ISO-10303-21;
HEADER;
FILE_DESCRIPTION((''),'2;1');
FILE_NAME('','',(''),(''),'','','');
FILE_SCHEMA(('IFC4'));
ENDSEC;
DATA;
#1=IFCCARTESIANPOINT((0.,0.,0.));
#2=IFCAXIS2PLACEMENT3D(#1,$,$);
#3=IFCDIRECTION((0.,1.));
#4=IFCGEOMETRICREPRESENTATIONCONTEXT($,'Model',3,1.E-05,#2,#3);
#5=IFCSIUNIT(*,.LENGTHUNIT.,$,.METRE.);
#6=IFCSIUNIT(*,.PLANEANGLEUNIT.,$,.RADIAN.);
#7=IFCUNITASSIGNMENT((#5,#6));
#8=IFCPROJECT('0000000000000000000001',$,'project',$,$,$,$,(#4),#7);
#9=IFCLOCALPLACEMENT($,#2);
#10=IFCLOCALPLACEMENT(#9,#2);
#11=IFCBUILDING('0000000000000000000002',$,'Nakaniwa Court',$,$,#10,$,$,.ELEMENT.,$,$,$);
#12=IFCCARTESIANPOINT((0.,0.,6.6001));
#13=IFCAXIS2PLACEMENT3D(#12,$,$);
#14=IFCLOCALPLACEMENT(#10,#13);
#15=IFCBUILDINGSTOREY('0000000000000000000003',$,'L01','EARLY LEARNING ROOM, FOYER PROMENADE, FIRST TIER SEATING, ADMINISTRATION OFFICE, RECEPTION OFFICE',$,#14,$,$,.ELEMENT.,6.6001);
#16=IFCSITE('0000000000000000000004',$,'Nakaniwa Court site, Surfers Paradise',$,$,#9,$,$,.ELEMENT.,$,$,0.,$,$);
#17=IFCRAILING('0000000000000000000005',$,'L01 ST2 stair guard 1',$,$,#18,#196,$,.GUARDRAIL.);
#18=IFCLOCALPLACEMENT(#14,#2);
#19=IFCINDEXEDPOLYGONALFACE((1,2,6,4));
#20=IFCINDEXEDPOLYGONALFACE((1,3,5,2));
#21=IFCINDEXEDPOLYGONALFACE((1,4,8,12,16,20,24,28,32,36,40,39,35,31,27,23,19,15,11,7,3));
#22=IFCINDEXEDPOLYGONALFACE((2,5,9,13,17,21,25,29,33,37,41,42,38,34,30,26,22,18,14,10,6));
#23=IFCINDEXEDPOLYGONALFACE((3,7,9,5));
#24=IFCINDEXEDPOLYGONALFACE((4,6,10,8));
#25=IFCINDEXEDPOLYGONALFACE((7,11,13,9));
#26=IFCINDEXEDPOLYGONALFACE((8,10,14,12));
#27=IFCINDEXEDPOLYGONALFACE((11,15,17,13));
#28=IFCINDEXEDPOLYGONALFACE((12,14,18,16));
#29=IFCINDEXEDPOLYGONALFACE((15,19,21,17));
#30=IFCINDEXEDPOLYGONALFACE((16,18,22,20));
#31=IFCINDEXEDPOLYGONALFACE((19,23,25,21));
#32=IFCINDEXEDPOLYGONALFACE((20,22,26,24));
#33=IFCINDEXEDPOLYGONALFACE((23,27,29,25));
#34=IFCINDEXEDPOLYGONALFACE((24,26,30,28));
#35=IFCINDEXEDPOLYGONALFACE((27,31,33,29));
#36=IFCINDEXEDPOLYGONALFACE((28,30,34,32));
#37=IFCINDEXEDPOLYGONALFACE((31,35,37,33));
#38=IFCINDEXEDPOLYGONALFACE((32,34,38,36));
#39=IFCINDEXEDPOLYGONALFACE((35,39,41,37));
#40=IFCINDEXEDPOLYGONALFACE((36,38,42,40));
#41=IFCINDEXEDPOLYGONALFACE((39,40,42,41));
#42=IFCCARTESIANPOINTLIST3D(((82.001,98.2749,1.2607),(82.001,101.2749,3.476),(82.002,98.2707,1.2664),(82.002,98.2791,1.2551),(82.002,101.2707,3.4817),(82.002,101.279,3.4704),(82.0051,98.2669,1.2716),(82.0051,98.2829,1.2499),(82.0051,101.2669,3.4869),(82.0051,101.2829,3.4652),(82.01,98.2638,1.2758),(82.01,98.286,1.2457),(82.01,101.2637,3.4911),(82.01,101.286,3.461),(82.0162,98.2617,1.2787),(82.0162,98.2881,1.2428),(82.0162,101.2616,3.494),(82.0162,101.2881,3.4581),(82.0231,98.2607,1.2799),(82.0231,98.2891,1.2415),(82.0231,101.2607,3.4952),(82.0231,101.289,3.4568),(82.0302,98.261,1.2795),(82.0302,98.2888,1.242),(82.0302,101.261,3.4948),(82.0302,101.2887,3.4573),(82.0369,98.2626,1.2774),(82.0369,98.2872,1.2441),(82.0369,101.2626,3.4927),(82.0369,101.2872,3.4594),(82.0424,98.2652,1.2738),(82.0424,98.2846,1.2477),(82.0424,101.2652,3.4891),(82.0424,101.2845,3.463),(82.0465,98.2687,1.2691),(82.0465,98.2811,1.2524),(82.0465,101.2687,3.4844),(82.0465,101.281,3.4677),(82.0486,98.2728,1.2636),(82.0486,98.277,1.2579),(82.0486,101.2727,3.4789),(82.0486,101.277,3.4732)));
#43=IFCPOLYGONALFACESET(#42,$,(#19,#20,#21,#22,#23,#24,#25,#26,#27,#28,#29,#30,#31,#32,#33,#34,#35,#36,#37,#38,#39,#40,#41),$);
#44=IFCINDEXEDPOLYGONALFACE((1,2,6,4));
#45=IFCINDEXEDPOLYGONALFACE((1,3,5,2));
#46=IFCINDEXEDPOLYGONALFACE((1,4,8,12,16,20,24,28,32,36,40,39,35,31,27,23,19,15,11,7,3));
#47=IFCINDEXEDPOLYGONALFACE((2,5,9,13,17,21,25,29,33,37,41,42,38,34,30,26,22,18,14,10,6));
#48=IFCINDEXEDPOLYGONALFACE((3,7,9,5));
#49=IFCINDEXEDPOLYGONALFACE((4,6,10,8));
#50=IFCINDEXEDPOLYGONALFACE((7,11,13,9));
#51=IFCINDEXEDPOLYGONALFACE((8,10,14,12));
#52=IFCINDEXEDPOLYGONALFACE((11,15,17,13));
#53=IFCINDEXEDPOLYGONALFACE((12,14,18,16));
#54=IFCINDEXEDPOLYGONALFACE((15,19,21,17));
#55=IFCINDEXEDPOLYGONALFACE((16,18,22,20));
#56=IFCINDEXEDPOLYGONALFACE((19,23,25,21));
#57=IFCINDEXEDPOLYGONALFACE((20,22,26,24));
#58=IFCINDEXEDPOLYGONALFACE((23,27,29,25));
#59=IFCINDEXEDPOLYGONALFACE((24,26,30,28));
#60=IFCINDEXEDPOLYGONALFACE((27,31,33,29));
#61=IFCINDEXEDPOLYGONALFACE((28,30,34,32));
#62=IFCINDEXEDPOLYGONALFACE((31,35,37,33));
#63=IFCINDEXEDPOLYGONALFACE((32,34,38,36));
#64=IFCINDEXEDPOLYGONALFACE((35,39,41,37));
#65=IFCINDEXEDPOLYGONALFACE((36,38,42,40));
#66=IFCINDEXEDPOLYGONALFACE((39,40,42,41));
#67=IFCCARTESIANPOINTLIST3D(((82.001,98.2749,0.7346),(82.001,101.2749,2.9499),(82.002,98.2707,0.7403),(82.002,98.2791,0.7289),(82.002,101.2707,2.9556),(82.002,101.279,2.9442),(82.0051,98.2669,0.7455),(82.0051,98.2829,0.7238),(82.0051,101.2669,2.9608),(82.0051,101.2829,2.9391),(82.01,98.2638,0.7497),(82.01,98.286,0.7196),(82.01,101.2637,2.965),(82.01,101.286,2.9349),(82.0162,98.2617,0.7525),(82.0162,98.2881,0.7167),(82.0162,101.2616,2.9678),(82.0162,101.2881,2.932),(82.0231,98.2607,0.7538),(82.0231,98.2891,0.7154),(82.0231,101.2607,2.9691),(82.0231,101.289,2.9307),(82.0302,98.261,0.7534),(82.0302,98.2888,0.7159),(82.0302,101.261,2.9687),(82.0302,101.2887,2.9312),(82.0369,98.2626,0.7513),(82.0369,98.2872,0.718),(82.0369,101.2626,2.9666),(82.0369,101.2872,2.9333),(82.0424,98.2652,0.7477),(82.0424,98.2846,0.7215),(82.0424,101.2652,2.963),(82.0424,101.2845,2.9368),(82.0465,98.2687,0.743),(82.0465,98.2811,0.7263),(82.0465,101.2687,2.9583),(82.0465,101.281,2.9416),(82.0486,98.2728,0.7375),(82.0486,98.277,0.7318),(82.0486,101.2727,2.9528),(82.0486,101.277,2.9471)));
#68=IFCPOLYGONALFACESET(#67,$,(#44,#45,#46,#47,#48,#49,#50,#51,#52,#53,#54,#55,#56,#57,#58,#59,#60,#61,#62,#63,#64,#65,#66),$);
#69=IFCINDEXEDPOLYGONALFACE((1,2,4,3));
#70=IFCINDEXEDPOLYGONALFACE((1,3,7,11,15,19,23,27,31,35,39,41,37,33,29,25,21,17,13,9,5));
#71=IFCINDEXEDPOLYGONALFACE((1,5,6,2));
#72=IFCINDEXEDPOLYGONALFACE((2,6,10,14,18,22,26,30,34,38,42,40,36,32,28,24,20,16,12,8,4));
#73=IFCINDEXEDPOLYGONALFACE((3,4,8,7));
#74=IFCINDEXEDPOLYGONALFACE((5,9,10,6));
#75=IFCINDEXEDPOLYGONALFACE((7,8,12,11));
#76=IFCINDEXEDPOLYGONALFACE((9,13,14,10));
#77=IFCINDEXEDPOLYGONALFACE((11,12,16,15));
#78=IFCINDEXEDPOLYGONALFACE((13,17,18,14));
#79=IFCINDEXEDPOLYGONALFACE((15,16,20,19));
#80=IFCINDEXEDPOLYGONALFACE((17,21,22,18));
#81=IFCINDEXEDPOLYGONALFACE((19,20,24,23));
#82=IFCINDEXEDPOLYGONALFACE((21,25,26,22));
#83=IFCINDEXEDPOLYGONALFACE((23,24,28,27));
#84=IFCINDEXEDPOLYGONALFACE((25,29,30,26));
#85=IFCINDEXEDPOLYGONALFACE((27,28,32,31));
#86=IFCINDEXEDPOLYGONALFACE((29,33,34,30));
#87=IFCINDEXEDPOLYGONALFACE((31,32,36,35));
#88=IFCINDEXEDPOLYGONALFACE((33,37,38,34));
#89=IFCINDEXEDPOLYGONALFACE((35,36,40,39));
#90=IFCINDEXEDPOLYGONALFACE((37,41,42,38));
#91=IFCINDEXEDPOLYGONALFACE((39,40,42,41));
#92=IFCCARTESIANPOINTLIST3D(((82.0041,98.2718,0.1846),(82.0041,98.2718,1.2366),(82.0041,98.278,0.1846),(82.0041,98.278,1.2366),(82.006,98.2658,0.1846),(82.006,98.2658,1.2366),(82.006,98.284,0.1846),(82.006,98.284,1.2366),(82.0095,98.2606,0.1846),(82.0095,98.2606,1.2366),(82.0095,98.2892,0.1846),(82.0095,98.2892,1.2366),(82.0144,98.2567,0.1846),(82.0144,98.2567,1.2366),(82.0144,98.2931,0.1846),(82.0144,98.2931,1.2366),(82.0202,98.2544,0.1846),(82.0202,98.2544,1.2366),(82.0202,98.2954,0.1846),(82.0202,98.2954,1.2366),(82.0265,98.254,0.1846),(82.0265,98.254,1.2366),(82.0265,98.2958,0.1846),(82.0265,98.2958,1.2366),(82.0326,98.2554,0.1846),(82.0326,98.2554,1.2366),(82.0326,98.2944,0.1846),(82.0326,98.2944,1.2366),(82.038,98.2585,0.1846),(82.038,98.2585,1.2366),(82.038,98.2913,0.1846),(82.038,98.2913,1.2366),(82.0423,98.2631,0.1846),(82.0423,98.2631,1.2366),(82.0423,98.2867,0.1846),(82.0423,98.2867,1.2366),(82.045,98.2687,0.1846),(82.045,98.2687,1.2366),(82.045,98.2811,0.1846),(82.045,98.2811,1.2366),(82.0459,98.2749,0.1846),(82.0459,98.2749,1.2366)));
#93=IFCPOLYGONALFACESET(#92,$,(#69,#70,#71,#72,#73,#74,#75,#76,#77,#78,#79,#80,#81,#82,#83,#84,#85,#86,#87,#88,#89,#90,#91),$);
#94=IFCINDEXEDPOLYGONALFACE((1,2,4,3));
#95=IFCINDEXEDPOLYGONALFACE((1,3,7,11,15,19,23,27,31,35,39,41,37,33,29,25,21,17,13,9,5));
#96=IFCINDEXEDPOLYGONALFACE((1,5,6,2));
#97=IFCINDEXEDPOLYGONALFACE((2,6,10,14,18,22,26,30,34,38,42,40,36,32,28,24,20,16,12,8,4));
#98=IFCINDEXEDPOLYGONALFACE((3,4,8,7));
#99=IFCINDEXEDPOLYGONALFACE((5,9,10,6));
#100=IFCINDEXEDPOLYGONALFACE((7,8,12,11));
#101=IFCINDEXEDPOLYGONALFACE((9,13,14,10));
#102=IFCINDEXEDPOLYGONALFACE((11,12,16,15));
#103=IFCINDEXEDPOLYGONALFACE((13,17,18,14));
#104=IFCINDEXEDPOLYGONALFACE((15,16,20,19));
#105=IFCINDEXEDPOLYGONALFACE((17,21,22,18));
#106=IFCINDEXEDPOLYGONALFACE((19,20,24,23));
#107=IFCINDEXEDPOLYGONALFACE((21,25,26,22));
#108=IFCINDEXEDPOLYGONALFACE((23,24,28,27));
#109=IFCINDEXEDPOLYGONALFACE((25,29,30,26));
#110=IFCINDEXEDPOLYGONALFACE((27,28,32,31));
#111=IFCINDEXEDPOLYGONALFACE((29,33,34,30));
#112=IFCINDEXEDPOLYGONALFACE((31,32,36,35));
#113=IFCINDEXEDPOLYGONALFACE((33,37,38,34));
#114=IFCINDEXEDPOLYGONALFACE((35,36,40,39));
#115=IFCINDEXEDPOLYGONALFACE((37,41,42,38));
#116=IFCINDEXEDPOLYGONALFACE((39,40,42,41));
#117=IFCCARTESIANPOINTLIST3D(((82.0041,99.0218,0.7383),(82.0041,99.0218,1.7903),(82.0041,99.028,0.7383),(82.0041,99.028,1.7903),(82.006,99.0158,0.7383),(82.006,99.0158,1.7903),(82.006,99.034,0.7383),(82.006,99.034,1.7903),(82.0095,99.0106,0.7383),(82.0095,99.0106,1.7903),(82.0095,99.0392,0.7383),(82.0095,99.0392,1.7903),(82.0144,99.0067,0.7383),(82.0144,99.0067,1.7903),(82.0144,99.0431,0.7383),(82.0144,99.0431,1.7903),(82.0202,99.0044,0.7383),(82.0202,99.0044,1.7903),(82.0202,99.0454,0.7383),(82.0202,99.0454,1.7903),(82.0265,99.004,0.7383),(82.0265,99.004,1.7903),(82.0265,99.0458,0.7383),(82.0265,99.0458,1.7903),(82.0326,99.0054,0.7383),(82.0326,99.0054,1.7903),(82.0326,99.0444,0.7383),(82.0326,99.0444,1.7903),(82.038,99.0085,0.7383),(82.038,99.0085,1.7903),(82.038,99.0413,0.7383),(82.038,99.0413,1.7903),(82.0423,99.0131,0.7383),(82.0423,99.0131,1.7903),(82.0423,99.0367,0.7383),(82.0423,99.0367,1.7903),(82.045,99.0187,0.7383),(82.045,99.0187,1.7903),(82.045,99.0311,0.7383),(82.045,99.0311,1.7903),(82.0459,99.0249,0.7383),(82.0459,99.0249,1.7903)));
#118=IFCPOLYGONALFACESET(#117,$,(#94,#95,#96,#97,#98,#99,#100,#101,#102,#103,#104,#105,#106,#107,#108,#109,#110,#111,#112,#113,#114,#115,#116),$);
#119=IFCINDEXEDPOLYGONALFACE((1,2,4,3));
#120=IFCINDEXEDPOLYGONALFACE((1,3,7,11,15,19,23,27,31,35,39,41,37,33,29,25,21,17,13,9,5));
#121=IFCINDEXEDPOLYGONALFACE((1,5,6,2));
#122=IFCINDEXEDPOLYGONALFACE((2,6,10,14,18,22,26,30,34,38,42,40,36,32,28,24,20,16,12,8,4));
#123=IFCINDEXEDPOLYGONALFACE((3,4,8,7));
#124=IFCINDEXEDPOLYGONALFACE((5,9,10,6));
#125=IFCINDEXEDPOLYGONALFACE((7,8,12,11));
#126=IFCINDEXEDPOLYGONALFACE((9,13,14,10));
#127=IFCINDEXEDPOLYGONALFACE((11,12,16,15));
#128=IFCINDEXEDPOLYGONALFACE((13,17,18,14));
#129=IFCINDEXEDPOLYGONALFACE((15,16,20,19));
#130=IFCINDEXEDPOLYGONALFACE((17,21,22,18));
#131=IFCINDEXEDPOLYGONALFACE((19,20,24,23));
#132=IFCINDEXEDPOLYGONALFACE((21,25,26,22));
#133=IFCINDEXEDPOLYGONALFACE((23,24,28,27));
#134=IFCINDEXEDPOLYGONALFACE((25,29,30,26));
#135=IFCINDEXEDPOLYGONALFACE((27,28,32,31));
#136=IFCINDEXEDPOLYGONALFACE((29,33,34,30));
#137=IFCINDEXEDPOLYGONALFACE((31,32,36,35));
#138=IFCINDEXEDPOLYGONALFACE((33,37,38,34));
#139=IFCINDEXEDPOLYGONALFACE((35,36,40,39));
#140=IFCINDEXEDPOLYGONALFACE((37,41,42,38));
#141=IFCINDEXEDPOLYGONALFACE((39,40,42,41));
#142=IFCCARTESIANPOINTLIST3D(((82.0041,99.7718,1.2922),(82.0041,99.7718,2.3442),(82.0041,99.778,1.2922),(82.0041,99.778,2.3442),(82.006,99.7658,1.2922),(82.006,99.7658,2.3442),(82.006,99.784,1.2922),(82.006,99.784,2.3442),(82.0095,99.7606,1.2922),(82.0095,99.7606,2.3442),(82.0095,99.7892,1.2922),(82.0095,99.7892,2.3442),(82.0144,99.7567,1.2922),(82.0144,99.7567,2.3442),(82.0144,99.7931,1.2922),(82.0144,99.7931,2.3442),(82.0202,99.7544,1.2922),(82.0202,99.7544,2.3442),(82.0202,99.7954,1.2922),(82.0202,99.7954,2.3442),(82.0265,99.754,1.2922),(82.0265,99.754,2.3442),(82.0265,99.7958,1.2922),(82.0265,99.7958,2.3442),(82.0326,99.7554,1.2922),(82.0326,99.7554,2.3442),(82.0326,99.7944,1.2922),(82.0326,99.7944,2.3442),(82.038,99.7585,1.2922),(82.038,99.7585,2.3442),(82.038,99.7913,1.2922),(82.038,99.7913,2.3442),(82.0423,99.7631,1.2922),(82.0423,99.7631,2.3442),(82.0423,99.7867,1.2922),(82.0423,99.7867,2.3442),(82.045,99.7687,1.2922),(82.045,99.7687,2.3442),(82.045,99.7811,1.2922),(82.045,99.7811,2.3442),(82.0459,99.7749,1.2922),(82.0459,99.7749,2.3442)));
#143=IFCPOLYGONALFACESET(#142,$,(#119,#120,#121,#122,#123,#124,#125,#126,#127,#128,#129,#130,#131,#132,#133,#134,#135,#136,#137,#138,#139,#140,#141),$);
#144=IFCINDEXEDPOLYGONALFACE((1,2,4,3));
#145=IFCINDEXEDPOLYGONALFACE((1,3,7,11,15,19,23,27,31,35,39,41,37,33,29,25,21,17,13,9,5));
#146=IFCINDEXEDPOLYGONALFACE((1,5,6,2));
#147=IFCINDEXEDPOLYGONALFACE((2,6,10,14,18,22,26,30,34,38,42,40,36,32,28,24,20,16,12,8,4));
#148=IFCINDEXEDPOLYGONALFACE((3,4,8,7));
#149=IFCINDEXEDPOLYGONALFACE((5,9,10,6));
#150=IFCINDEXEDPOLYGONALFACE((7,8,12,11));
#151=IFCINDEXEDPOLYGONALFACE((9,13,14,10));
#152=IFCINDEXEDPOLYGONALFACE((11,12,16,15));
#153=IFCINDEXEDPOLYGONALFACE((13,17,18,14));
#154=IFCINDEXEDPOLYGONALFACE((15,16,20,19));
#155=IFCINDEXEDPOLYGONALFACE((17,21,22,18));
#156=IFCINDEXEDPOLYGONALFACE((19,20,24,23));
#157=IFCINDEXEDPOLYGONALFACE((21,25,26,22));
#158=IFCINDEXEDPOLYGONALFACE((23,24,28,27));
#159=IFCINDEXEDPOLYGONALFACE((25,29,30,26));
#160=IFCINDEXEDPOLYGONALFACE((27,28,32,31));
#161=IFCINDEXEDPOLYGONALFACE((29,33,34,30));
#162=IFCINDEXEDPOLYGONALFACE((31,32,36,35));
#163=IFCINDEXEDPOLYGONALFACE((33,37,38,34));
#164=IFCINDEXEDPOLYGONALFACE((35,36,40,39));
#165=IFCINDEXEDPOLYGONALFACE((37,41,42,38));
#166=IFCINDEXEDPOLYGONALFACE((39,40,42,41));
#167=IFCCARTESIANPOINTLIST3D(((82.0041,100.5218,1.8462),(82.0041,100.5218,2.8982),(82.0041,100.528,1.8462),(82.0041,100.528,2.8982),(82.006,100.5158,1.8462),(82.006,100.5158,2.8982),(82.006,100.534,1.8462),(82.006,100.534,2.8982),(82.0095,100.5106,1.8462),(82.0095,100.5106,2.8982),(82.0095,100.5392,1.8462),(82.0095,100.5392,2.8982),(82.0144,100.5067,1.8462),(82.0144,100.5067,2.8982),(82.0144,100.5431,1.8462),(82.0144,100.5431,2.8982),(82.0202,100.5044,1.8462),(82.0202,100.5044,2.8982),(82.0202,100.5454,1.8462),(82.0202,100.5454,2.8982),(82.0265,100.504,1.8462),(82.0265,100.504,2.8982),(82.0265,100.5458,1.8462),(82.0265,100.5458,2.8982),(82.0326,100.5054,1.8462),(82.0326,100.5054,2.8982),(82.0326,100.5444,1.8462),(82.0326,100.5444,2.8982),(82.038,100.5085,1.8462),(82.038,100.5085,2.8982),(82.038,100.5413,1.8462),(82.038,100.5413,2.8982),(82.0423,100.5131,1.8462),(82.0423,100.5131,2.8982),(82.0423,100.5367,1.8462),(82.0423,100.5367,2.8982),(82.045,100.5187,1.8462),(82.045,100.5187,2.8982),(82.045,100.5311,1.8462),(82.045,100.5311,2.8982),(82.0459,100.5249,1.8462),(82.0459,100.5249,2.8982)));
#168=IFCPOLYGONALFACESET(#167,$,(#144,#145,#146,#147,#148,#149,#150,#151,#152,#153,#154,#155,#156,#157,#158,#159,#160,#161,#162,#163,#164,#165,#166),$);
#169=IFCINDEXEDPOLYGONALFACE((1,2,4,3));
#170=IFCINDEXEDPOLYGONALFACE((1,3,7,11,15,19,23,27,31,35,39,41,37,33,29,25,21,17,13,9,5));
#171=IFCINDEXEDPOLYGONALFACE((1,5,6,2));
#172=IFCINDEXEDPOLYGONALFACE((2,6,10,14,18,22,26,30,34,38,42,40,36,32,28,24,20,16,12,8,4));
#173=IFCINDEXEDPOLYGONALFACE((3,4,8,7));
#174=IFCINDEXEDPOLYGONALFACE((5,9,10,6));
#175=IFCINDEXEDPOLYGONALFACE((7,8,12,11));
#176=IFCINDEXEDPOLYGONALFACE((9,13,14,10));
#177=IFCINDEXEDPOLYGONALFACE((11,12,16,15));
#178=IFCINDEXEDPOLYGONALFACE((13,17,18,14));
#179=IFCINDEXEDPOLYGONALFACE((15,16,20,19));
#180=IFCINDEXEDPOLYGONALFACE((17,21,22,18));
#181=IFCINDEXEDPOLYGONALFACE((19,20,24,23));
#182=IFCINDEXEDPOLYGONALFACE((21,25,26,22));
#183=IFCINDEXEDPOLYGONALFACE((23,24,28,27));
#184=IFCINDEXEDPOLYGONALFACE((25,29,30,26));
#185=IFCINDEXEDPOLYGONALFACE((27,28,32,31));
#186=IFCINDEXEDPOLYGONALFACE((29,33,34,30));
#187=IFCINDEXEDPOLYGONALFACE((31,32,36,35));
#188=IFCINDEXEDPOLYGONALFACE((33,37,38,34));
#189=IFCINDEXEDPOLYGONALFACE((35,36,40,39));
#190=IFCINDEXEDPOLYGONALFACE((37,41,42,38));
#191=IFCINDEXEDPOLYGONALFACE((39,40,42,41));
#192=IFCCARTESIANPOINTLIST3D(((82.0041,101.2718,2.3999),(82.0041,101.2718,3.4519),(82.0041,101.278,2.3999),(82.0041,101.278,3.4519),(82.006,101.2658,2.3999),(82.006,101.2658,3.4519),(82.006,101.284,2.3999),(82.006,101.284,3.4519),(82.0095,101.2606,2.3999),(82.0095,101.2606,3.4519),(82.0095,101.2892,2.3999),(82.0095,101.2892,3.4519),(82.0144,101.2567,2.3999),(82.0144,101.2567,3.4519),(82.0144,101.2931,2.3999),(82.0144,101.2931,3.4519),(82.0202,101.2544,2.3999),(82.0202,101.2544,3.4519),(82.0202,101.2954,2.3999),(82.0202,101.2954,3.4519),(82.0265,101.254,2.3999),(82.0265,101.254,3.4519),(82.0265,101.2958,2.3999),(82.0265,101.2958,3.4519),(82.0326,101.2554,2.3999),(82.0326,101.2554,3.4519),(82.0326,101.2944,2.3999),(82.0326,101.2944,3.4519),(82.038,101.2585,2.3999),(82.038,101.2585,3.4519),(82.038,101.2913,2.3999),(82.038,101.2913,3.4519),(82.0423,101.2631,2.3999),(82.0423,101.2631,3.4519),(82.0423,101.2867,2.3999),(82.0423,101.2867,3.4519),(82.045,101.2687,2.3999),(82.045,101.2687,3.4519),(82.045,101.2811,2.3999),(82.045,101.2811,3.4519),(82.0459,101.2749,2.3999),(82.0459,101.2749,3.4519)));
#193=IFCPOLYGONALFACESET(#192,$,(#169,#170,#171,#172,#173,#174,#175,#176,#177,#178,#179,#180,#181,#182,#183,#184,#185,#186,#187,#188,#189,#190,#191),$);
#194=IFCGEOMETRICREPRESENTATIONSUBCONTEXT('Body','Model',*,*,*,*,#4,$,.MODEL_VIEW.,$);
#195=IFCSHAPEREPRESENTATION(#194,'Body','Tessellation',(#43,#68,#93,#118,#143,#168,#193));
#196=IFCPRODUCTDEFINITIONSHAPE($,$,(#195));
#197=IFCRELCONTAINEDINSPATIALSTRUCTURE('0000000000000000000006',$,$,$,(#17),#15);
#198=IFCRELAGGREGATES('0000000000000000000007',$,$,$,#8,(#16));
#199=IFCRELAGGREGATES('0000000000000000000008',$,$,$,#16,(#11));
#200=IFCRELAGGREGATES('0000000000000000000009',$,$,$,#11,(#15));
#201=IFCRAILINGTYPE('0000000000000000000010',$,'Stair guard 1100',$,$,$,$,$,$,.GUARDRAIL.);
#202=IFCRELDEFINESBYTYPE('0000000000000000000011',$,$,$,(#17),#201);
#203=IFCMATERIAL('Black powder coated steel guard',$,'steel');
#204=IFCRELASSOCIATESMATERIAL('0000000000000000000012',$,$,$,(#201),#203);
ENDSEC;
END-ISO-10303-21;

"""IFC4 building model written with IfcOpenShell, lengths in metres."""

from ifc_helpers import new_model, si_unit, direction, frame, origin, origin_2d, place, context, subcontext, project, spatial, circle, extrude, material, type_object, element, save


model = new_model("IFC4")

# Units and contexts
model_context = context("Model", 3, precision=1e-05, world=origin(), true_north=direction((0.0, 1.0)))
body_context = subcontext(model_context, "Body", "Model", "MODEL_VIEW")
ifc_project = project(units=[si_unit("LENGTHUNIT", "METRE"), si_unit("PLANEANGLEUNIT", "RADIAN")], contexts=[model_context])

# Site, building, storey
site_placement = place(None, origin())
site = spatial("IfcSite", under=ifc_project, at=site_placement, Name="Nakaniwa Court site, Surfers Paradise", CompositionType="ELEMENT", RefElevation=0.0)
building_placement = place(site_placement, origin())
building = spatial("IfcBuilding", under=site, at=building_placement, Name="Nakaniwa Court", CompositionType="ELEMENT")
storey_placement = place(building_placement, frame((0.0, 0.0, 6.6001)))
storey = spatial("IfcBuildingStorey", under=building, at=storey_placement, Name="L01", Description="EARLY LEARNING ROOM, FOYER PROMENADE, FIRST TIER SEATING, ADMINISTRATION OFFICE, RECEPTION OFFICE", CompositionType="ELEMENT", Elevation=6.6001)

# Railing
ifc_material_1 = material(Name="Black powder coated steel guard", Category="steel")
railing_type_1 = type_object("IfcRailingType", Name="Stair guard 1100", PredefinedType="GUARDRAIL", material=ifc_material_1)
railing_1_placement = place(storey_placement, frame((82.0249, 98.2749, 0.1846)))
element("IfcRailing", 1, at=railing_1_placement, inside=storey, type_object=railing_type_1, Name="L01 ST2 stair guard 1", PredefinedType="GUARDRAIL", context=body_context, shape_type="SweptSolid", body=[
    extrude(circle(Radius=0.0239, at=origin_2d()), frame((0.0, 0.0, 1.0762), z_axis=(0.0, 0.80444, 0.594034), x_axis=(-1.0, 0.0, 0.0)), (0.0, 0.0, 1.0), 3.7292),
    extrude(circle(Radius=0.0239, at=origin_2d()), frame((0.0, 0.0, 0.55), z_axis=(0.0, 0.80444, 0.594034), x_axis=(-1.0, 0.0, 0.0)), (0.0, 0.0, 1.0), 3.7292),
    extrude(circle(Radius=0.021, at=origin_2d()), origin(), (0.0, 0.0, 1.0), 1.052),
    extrude(circle(Radius=0.021, at=origin_2d()), frame((0.0, 0.75, 0.5537)), (0.0, 0.0, 1.0), 1.052),
    extrude(circle(Radius=0.021, at=origin_2d()), frame((0.0, 1.5, 1.1077)), (0.0, 0.0, 1.0), 1.052),
    extrude(circle(Radius=0.021, at=origin_2d()), frame((0.0, 2.25, 1.6616)), (0.0, 0.0, 1.0), 1.052),
    extrude(circle(Radius=0.021, at=origin_2d()), frame((0.0, 3.0, 2.2153)), (0.0, 0.0, 1.0), 1.052),
])

save(model, "model.ifc")
